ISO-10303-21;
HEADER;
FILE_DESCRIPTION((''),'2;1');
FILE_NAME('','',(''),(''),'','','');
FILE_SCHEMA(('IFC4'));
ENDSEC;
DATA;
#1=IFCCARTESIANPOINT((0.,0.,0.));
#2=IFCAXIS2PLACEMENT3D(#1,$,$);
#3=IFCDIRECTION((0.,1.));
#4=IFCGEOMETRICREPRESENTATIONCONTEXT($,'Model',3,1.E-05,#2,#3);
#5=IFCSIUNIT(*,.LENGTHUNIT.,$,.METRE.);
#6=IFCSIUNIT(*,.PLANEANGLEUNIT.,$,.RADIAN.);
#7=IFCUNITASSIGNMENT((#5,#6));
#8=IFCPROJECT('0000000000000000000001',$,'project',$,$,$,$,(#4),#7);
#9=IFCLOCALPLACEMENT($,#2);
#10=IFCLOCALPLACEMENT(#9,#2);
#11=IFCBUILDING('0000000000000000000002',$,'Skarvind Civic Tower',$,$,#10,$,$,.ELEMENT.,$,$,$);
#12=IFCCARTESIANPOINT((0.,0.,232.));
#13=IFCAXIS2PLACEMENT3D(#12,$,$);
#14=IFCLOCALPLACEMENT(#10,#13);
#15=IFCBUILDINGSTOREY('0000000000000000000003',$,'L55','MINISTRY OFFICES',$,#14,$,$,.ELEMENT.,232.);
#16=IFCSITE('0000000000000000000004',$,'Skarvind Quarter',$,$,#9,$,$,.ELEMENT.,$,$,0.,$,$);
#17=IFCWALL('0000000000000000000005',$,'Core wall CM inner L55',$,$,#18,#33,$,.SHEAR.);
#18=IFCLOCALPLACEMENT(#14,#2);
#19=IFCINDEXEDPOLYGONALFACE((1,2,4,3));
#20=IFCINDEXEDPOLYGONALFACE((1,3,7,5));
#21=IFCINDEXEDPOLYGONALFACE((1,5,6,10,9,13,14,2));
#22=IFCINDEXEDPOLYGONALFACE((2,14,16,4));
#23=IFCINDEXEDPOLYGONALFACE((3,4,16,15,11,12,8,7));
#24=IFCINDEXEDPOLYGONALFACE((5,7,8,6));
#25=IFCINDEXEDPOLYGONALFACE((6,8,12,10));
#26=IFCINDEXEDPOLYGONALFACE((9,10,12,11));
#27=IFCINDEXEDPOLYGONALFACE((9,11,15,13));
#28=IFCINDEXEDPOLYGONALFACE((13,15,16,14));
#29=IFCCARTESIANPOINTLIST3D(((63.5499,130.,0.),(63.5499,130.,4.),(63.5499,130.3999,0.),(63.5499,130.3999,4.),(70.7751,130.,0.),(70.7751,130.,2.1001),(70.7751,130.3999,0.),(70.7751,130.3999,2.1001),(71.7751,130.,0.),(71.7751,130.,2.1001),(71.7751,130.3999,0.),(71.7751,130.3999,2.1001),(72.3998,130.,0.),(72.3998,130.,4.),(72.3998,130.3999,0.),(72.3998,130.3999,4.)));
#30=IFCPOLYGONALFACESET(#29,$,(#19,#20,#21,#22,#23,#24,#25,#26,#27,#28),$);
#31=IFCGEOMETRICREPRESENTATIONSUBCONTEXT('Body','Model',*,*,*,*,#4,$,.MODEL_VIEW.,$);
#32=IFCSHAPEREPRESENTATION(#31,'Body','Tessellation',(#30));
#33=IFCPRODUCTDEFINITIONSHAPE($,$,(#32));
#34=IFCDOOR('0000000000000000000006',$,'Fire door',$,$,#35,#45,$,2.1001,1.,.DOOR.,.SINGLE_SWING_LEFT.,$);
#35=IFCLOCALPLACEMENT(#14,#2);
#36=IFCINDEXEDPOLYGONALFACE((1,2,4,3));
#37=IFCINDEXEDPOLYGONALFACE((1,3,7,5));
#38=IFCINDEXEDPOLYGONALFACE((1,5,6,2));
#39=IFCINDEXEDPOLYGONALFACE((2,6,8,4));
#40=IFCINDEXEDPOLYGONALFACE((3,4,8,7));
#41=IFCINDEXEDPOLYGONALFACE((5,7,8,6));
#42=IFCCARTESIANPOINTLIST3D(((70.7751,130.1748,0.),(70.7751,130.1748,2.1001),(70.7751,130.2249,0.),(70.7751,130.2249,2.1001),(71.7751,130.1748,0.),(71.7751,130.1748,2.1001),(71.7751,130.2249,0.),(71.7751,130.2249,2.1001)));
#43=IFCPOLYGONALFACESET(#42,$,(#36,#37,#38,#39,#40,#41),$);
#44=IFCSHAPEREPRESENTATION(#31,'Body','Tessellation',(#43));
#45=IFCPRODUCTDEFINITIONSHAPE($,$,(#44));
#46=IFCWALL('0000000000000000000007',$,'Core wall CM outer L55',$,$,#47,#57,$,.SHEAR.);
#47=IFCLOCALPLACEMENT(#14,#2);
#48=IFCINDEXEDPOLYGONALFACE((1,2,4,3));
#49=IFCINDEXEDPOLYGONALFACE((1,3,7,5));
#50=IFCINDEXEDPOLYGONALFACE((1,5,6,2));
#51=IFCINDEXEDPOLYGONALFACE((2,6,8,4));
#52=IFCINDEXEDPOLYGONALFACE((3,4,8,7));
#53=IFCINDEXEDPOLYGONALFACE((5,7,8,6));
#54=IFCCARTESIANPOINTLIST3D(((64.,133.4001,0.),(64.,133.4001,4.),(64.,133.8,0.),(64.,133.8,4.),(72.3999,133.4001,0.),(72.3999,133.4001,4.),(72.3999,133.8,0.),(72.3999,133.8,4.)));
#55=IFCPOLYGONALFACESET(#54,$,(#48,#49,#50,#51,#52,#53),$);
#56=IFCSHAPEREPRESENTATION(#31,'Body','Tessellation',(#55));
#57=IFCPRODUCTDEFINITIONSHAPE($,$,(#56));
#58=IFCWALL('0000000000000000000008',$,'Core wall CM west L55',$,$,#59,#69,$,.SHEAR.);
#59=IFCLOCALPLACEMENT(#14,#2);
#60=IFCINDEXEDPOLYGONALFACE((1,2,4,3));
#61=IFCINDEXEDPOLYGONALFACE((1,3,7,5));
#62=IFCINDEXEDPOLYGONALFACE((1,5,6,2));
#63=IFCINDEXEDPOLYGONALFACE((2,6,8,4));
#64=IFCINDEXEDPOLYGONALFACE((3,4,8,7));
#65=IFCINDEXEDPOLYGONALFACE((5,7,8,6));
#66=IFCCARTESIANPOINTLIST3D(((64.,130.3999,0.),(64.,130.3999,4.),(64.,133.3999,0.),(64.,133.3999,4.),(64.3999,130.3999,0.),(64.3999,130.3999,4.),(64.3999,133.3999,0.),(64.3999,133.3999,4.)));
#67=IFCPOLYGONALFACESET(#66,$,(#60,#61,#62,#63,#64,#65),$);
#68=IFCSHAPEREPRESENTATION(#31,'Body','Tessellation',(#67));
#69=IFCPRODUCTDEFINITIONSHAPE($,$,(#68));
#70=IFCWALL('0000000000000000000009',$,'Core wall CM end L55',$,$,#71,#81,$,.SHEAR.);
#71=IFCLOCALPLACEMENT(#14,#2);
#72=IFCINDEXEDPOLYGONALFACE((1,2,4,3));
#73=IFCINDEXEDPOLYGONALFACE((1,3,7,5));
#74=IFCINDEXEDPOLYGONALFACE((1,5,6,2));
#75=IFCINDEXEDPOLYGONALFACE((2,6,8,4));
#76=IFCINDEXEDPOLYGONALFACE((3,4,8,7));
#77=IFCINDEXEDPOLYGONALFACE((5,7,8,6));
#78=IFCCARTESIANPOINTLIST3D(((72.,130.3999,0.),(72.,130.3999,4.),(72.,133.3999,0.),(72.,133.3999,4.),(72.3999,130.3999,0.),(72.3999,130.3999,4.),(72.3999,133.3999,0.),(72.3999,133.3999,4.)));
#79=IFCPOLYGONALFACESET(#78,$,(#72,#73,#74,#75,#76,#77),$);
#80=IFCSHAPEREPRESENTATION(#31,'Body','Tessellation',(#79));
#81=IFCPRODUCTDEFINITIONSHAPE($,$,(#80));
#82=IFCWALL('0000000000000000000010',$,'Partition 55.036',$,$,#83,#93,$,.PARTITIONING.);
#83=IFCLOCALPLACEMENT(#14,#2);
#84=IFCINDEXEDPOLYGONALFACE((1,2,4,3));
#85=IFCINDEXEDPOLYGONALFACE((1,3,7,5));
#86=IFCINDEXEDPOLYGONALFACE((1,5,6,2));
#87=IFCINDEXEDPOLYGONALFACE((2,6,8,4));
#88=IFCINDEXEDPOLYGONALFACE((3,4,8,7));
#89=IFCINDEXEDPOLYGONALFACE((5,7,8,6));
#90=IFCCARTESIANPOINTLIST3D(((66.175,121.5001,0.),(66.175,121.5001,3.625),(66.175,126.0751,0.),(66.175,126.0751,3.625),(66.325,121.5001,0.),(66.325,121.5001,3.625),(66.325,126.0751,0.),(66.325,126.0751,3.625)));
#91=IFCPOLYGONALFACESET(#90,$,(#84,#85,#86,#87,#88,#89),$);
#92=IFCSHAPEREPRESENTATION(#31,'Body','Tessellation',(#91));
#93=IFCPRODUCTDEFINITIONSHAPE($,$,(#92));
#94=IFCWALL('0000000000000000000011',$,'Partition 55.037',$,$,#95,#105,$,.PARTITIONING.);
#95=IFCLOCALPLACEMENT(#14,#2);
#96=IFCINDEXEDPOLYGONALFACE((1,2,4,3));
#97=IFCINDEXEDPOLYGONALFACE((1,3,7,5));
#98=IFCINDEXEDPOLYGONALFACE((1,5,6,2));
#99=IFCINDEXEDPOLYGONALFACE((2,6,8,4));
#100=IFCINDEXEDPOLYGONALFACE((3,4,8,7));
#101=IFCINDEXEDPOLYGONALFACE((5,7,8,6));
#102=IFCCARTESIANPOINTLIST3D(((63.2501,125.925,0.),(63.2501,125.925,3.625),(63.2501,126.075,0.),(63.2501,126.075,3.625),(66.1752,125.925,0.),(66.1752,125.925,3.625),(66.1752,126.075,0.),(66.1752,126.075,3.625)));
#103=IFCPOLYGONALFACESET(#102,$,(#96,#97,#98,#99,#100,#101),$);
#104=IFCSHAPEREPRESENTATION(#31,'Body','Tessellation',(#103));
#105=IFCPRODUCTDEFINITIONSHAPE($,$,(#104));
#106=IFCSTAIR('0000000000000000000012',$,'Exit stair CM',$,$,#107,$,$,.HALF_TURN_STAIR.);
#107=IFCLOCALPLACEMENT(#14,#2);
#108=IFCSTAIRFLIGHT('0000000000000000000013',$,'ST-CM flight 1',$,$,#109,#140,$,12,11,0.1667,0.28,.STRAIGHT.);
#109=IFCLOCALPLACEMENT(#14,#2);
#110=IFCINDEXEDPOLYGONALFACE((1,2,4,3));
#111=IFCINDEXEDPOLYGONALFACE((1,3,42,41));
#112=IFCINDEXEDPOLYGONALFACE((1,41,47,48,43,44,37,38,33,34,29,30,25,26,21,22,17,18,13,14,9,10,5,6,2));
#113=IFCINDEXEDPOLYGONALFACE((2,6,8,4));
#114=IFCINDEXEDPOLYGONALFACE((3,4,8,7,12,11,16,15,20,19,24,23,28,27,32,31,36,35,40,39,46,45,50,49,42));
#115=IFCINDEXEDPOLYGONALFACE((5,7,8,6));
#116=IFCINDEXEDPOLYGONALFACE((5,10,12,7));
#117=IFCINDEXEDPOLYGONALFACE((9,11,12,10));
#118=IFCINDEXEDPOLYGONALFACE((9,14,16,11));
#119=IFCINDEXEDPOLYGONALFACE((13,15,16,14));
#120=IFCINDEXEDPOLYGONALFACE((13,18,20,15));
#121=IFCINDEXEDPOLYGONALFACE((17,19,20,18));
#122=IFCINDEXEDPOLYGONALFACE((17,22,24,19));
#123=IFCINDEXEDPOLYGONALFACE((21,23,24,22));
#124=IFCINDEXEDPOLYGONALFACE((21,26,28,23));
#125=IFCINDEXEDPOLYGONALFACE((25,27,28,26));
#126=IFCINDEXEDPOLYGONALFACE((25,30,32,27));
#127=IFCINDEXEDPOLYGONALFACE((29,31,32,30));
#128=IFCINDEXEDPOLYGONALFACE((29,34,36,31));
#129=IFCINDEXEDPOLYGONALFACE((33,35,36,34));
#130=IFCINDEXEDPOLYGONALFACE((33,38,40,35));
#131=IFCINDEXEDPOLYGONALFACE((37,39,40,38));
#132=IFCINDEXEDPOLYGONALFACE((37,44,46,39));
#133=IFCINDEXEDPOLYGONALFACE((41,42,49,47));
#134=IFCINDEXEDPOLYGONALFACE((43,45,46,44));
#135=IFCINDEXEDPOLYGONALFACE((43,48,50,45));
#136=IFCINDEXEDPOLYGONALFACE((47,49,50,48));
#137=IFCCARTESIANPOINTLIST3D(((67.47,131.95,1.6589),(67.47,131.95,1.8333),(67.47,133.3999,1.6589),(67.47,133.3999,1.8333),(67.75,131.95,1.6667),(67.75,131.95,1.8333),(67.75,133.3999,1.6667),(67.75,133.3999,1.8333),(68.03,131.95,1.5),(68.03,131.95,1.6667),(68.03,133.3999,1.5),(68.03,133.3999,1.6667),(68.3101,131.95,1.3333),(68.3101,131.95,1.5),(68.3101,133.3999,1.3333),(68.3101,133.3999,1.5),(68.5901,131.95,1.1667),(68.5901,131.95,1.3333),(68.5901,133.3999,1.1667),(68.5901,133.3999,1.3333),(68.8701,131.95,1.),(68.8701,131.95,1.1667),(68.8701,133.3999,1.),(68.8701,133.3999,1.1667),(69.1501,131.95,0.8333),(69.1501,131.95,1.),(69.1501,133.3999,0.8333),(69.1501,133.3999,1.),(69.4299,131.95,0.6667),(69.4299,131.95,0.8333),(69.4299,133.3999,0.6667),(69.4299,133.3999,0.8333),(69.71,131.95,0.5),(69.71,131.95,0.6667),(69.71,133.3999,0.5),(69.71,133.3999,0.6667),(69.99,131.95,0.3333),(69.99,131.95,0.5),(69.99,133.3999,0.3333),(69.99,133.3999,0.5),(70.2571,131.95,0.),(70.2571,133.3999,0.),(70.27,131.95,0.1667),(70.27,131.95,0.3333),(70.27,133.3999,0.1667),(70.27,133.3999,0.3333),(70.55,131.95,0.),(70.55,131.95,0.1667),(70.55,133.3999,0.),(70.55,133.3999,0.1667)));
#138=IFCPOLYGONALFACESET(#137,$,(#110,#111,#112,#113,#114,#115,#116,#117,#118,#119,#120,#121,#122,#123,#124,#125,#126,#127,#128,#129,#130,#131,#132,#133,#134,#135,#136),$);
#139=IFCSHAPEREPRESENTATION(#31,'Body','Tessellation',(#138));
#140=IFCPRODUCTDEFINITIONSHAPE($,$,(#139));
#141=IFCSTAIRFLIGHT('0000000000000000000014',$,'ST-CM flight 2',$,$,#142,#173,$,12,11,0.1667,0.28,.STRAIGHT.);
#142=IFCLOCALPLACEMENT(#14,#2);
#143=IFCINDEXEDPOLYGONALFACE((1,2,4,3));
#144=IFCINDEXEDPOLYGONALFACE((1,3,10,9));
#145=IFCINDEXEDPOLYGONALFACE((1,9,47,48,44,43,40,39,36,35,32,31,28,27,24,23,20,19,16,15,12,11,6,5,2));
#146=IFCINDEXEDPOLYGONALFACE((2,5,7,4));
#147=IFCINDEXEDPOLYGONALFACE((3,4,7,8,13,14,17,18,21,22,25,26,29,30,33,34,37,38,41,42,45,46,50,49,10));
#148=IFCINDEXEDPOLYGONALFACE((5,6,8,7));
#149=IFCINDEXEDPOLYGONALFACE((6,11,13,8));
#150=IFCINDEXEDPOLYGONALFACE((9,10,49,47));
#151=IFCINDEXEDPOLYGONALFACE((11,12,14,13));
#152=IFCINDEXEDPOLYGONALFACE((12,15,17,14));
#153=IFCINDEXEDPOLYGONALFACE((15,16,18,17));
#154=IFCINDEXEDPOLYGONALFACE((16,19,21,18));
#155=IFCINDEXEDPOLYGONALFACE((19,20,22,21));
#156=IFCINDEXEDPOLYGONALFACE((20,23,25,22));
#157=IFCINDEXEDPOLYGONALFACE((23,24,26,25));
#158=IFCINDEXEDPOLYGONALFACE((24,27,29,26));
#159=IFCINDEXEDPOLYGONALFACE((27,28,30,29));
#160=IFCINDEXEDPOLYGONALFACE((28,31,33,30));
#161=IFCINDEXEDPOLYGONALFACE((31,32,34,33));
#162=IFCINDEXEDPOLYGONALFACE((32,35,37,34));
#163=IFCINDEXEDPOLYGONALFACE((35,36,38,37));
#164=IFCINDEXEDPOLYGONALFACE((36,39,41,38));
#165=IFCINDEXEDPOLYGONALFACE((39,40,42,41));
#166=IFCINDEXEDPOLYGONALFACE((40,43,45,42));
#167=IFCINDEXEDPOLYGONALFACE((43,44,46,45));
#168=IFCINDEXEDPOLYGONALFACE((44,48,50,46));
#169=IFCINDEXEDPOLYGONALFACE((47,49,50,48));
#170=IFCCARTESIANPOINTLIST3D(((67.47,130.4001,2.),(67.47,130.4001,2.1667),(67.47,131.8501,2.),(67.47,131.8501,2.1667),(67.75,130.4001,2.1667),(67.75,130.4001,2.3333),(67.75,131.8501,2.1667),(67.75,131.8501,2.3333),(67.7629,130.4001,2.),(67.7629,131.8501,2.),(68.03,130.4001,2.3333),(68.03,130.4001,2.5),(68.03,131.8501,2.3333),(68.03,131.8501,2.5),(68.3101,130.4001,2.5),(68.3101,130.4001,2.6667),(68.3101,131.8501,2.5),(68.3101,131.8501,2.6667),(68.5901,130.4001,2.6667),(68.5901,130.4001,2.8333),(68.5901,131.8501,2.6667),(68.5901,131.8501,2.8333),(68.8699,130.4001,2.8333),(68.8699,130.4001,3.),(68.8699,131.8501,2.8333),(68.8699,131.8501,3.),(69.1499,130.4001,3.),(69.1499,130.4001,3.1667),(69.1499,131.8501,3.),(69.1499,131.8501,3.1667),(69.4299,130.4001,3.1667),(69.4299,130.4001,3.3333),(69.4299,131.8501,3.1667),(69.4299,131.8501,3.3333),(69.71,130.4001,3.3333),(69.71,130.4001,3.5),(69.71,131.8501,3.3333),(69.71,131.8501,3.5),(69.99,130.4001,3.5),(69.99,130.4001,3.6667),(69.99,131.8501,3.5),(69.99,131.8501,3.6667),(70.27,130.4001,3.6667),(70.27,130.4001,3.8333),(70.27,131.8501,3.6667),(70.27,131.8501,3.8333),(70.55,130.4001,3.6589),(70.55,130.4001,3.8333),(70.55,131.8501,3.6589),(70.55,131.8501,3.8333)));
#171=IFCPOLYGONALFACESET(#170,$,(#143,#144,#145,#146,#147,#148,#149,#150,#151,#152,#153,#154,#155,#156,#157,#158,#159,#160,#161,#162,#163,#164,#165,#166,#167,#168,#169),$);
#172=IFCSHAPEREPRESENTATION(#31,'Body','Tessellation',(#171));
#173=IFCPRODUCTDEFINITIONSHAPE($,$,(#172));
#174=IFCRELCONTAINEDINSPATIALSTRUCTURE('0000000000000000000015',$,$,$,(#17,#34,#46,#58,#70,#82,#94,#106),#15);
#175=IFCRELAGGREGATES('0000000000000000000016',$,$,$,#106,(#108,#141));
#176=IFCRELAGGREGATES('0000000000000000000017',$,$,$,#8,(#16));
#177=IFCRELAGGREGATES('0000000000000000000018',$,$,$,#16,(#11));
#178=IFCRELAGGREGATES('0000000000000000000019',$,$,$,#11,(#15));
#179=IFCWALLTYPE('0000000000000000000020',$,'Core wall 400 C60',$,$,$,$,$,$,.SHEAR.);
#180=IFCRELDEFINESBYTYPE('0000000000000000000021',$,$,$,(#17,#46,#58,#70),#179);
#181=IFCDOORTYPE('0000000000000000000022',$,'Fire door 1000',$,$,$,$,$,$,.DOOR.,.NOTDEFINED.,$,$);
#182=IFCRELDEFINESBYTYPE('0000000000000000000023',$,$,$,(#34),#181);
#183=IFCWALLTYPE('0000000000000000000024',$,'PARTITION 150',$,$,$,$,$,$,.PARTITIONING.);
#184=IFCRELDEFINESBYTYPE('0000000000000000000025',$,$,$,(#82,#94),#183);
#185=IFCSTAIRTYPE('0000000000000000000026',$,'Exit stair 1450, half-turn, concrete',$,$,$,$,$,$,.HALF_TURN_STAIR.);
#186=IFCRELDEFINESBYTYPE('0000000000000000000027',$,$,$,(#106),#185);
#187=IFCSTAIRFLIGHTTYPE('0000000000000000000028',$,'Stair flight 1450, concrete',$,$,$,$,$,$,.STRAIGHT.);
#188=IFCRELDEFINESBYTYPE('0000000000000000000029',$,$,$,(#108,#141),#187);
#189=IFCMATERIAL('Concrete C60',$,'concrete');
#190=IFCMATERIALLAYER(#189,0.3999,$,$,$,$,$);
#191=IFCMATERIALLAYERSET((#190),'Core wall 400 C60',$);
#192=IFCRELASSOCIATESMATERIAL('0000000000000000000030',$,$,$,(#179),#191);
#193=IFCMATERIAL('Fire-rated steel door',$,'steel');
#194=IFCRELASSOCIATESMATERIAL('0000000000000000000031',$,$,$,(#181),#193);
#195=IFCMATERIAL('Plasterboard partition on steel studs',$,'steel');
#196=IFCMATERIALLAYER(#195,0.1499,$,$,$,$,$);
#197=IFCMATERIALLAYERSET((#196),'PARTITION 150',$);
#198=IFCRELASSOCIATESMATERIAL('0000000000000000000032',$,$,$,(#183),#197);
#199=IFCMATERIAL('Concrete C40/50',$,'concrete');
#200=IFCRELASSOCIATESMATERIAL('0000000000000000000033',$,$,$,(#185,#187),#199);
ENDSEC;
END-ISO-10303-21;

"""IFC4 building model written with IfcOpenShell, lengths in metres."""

from ifc_helpers import new_model, si_unit, direction, frame, frame_2d, origin, place, context, subcontext, project, spatial, polyline, rectangle, outline, extrude, material, layer, layer_set, type_object, element, fill, aggregate, save


model = new_model("IFC4")

# Units and contexts
model_context = context("Model", 3, precision=1e-05, world=origin(), true_north=direction((0.0, 1.0)))
body_context = subcontext(model_context, "Body", "Model", "MODEL_VIEW")
ifc_project = project(units=[si_unit("LENGTHUNIT", "METRE"), si_unit("PLANEANGLEUNIT", "RADIAN")], contexts=[model_context])

# Site, building, storey
site_placement = place(None, origin())
site = spatial("IfcSite", under=ifc_project, at=site_placement, Name="Skarvind Quarter", CompositionType="ELEMENT", RefElevation=0.0)
building_placement = place(site_placement, origin())
building = spatial("IfcBuilding", under=site, at=building_placement, Name="Skarvind Civic Tower", CompositionType="ELEMENT")
storey_placement = place(building_placement, frame((0.0, 0.0, 232.0)))
storey = spatial("IfcBuildingStorey", under=building, at=storey_placement, Name="L55", Description="MINISTRY OFFICES", CompositionType="ELEMENT", Elevation=232.0)

# Shared definitions
ifc_material_1 = material(Name="Concrete C60", Category="concrete")

# Wall, opening, door
ifc_layer_1 = layer(ifc_material_1, 0.3999)
ifc_layer_set_1 = layer_set([ifc_layer_1], Name="Core wall 400 C60")
wall_type_1 = type_object("IfcWallType", Name="Core wall 400 C60", PredefinedType="SHEAR", material=ifc_layer_set_1)
wall_1_placement = place(storey_placement, frame((63.55, 130.2, 0.0), z_axis=(0.0, 0.0, 1.0), x_axis=(1.0, 0.0, 0.0)))
wall_1 = element("IfcWall", 1, at=wall_1_placement, inside=storey, type_object=wall_type_1, Name="Core wall CM inner L55", PredefinedType="SHEAR", context=body_context, shape_type="SweptSolid", body=[
    extrude(rectangle(XDim=8.8499, YDim=0.3999, at=frame_2d((4.4248, 0.0))), origin(), (0.0, 0.0, 1.0), 4.0),
])
opening_1_placement = place(wall_1_placement, frame((7.2251, 0.0, 0.0)))
opening_1 = element("IfcOpeningElement", 2, at=opening_1_placement, cuts=wall_1, PredefinedType="OPENING", context=body_context, shape_type="SweptSolid", body=[
    extrude(rectangle(XDim=1.0, YDim=2.1001, at=frame_2d((0.5, 1.05))), frame((0.0, 0.21, 0.0), z_axis=(0.0, -1.0, 0.0), x_axis=(1.0, 0.0, 0.0)), (0.0, 0.0, 1.0), 0.4199),
])
ifc_material_2 = material(Name="Fire-rated steel door", Category="steel")
door_type_1 = type_object("IfcDoorType", Name="Fire door 1000", OperationType="NOTDEFINED", PredefinedType="DOOR", material=ifc_material_2)
door_1_placement = place(opening_1_placement, origin())
door_1 = element("IfcDoor", 3, at=door_1_placement, inside=storey, type_object=door_type_1, Name="Fire door", OperationType="SINGLE_SWING_LEFT", OverallHeight=2.1001, OverallWidth=1.0, PredefinedType="DOOR", context=body_context, shape_type="SweptSolid", body=[
    extrude(rectangle(XDim=1.0, YDim=2.1001, at=frame_2d((0.5, 1.05))), frame((0.0, 0.0249, 0.0), z_axis=(0.0, -1.0, 0.0), x_axis=(1.0, 0.0, 0.0)), (0.0, 0.0, 1.0), 0.05),
])
fill(opening_1, door_1)

# Walls
wall_2_placement = place(storey_placement, frame((64.0, 133.6001, 0.0), z_axis=(0.0, 0.0, 1.0), x_axis=(1.0, 0.0, 0.0)))
element("IfcWall", 4, at=wall_2_placement, inside=storey, type_object=wall_type_1, Name="Core wall CM outer L55", PredefinedType="SHEAR", context=body_context, shape_type="SweptSolid", body=[
    extrude(rectangle(XDim=8.3999, YDim=0.3999, at=frame_2d((4.2, 0.0))), origin(), (0.0, 0.0, 1.0), 4.0),
])
for number, where, z_axis, x_axis, name in (
    (5, (64.2, 130.3999, 0.0), (0.0, 0.0, 1.0), (0.0, 1.0, 0.0), "Core wall CM west L55"),
    (6, (72.2, 130.3999, 0.0), (0.0, 0.0, 1.0), (0.0, 1.0, 0.0), "Core wall CM end L55"),
):
    element("IfcWall", number, at=place(storey_placement, frame(where, z_axis=z_axis, x_axis=x_axis)), inside=storey, type_object=wall_type_1, Name=name, PredefinedType="SHEAR", context=body_context, shape_type="SweptSolid", body=[
        extrude(rectangle(XDim=3.0, YDim=0.3999, at=frame_2d((1.5, 0.0))), origin(), (0.0, 0.0, 1.0), 4.0),
    ])
ifc_material_3 = material(Name="Plasterboard partition on steel studs", Category="steel")
ifc_layer_2 = layer(ifc_material_3, 0.1499)
ifc_layer_set_2 = layer_set([ifc_layer_2], Name="PARTITION 150")
wall_type_2 = type_object("IfcWallType", Name="PARTITION 150", PredefinedType="PARTITIONING", material=ifc_layer_set_2)
wall_3_placement = place(storey_placement, frame((66.25, 121.5, 0.0), z_axis=(0.0, 0.0, 1.0), x_axis=(0.0, 1.0, 0.0)))
element("IfcWall", 7, at=wall_3_placement, inside=storey, type_object=wall_type_2, Name="Partition 55.036", PredefinedType="PARTITIONING", context=body_context, shape_type="SweptSolid", body=[
    extrude(rectangle(XDim=4.575, YDim=0.1499, at=frame_2d((2.2876, 0.0))), origin(), (0.0, 0.0, 1.0), 3.625),
])
wall_4_placement = place(storey_placement, frame((66.175, 126.0, 0.0), z_axis=(0.0, 0.0, 1.0), x_axis=(-1.0, 0.0, 0.0)))
element("IfcWall", 8, at=wall_4_placement, inside=storey, type_object=wall_type_2, Name="Partition 55.037", PredefinedType="PARTITIONING", context=body_context, shape_type="SweptSolid", body=[
    extrude(rectangle(XDim=2.925, YDim=0.1499, at=frame_2d((1.4624, 0.0))), origin(), (0.0, 0.0, 1.0), 3.625),
])

# Stair, stair flights
ifc_material_4 = material(Name="Concrete C40/50", Category="concrete")
stair_type = type_object("IfcStairType", Name="Exit stair 1450, half-turn, concrete", PredefinedType="HALF_TURN_STAIR", material=ifc_material_4)
stair_placement = place(storey_placement, origin())
stair = element("IfcStair", 9, at=stair_placement, inside=storey, type_object=stair_type, Name="Exit stair CM", PredefinedType="HALF_TURN_STAIR")
stair_flight_type = type_object("IfcStairFlightType", Name="Stair flight 1450, concrete", PredefinedType="STRAIGHT", material=ifc_material_4)
stair_flight_1_placement = place(storey_placement, frame((70.55, 132.675, 0.0), z_axis=(0.0, 0.0, 1.0), x_axis=(-1.0, 0.0, 0.0)))
stair_flight_1 = element("IfcStairFlight", 10, at=stair_flight_1_placement, type_object=stair_flight_type, Name="ST-CM flight 1", NumberOfRisers=12, NumberOfTreads=11, PredefinedType="STRAIGHT", RiserHeight=0.1667, TreadLength=0.28, context=body_context, shape_type="SweptSolid", body=[
    extrude(outline(polyline([(0.0, 0.0), (0.0, 0.1667), (0.28, 0.1667), (0.28, 0.3333), (0.5601, 0.3333), (0.5601, 0.5), (0.8401, 0.5), (0.8401, 0.6667), (1.1201, 0.6667), (1.1201, 0.8333), (1.3999, 0.8333), (1.3999, 1.0), (1.6799, 1.0), (1.6799, 1.1667), (1.96, 1.1667), (1.96, 1.3333), (2.24, 1.3333), (2.24, 1.5), (2.52, 1.5), (2.52, 1.6667), (2.8, 1.6667), (2.8, 1.8333), (3.0801, 1.8333), (3.0801, 2.0), (3.0801, 1.6589), (0.293, 0.0), (0.0, 0.0)])), frame((0.0, 0.7251, 0.0), z_axis=(0.0, -1.0, 0.0), x_axis=(1.0, 0.0, 0.0)), (0.0, 0.0, 1.0), 1.45),
])
stair_flight_2_placement = place(storey_placement, frame((67.47, 131.125, 2.0), z_axis=(0.0, 0.0, 1.0), x_axis=(1.0, 0.0, 0.0)))
stair_flight_2 = element("IfcStairFlight", 11, at=stair_flight_2_placement, type_object=stair_flight_type, Name="ST-CM flight 2", NumberOfRisers=12, NumberOfTreads=11, PredefinedType="STRAIGHT", RiserHeight=0.1667, TreadLength=0.28, context=body_context, shape_type="SweptSolid", body=[
    extrude(outline(polyline([(0.0, 0.0), (0.0, 0.1667), (0.28, 0.1667), (0.28, 0.3333), (0.5601, 0.3333), (0.5601, 0.5), (0.8401, 0.5), (0.8401, 0.6667), (1.1201, 0.6667), (1.1201, 0.8333), (1.3999, 0.8333), (1.3999, 1.0), (1.6799, 1.0), (1.6799, 1.1667), (1.96, 1.1667), (1.96, 1.3333), (2.24, 1.3333), (2.24, 1.5), (2.52, 1.5), (2.52, 1.6667), (2.8, 1.6667), (2.8, 1.8333), (3.0801, 1.8333), (3.0801, 2.0), (3.0801, 1.6589), (0.293, 0.0), (0.0, 0.0)])), frame((0.0, 0.7251, 0.0), z_axis=(0.0, -1.0, 0.0), x_axis=(1.0, 0.0, 0.0)), (0.0, 0.0, 1.0), 1.45),
])
aggregate(stair, [stair_flight_1, stair_flight_2])

save(model, "model.ifc")
